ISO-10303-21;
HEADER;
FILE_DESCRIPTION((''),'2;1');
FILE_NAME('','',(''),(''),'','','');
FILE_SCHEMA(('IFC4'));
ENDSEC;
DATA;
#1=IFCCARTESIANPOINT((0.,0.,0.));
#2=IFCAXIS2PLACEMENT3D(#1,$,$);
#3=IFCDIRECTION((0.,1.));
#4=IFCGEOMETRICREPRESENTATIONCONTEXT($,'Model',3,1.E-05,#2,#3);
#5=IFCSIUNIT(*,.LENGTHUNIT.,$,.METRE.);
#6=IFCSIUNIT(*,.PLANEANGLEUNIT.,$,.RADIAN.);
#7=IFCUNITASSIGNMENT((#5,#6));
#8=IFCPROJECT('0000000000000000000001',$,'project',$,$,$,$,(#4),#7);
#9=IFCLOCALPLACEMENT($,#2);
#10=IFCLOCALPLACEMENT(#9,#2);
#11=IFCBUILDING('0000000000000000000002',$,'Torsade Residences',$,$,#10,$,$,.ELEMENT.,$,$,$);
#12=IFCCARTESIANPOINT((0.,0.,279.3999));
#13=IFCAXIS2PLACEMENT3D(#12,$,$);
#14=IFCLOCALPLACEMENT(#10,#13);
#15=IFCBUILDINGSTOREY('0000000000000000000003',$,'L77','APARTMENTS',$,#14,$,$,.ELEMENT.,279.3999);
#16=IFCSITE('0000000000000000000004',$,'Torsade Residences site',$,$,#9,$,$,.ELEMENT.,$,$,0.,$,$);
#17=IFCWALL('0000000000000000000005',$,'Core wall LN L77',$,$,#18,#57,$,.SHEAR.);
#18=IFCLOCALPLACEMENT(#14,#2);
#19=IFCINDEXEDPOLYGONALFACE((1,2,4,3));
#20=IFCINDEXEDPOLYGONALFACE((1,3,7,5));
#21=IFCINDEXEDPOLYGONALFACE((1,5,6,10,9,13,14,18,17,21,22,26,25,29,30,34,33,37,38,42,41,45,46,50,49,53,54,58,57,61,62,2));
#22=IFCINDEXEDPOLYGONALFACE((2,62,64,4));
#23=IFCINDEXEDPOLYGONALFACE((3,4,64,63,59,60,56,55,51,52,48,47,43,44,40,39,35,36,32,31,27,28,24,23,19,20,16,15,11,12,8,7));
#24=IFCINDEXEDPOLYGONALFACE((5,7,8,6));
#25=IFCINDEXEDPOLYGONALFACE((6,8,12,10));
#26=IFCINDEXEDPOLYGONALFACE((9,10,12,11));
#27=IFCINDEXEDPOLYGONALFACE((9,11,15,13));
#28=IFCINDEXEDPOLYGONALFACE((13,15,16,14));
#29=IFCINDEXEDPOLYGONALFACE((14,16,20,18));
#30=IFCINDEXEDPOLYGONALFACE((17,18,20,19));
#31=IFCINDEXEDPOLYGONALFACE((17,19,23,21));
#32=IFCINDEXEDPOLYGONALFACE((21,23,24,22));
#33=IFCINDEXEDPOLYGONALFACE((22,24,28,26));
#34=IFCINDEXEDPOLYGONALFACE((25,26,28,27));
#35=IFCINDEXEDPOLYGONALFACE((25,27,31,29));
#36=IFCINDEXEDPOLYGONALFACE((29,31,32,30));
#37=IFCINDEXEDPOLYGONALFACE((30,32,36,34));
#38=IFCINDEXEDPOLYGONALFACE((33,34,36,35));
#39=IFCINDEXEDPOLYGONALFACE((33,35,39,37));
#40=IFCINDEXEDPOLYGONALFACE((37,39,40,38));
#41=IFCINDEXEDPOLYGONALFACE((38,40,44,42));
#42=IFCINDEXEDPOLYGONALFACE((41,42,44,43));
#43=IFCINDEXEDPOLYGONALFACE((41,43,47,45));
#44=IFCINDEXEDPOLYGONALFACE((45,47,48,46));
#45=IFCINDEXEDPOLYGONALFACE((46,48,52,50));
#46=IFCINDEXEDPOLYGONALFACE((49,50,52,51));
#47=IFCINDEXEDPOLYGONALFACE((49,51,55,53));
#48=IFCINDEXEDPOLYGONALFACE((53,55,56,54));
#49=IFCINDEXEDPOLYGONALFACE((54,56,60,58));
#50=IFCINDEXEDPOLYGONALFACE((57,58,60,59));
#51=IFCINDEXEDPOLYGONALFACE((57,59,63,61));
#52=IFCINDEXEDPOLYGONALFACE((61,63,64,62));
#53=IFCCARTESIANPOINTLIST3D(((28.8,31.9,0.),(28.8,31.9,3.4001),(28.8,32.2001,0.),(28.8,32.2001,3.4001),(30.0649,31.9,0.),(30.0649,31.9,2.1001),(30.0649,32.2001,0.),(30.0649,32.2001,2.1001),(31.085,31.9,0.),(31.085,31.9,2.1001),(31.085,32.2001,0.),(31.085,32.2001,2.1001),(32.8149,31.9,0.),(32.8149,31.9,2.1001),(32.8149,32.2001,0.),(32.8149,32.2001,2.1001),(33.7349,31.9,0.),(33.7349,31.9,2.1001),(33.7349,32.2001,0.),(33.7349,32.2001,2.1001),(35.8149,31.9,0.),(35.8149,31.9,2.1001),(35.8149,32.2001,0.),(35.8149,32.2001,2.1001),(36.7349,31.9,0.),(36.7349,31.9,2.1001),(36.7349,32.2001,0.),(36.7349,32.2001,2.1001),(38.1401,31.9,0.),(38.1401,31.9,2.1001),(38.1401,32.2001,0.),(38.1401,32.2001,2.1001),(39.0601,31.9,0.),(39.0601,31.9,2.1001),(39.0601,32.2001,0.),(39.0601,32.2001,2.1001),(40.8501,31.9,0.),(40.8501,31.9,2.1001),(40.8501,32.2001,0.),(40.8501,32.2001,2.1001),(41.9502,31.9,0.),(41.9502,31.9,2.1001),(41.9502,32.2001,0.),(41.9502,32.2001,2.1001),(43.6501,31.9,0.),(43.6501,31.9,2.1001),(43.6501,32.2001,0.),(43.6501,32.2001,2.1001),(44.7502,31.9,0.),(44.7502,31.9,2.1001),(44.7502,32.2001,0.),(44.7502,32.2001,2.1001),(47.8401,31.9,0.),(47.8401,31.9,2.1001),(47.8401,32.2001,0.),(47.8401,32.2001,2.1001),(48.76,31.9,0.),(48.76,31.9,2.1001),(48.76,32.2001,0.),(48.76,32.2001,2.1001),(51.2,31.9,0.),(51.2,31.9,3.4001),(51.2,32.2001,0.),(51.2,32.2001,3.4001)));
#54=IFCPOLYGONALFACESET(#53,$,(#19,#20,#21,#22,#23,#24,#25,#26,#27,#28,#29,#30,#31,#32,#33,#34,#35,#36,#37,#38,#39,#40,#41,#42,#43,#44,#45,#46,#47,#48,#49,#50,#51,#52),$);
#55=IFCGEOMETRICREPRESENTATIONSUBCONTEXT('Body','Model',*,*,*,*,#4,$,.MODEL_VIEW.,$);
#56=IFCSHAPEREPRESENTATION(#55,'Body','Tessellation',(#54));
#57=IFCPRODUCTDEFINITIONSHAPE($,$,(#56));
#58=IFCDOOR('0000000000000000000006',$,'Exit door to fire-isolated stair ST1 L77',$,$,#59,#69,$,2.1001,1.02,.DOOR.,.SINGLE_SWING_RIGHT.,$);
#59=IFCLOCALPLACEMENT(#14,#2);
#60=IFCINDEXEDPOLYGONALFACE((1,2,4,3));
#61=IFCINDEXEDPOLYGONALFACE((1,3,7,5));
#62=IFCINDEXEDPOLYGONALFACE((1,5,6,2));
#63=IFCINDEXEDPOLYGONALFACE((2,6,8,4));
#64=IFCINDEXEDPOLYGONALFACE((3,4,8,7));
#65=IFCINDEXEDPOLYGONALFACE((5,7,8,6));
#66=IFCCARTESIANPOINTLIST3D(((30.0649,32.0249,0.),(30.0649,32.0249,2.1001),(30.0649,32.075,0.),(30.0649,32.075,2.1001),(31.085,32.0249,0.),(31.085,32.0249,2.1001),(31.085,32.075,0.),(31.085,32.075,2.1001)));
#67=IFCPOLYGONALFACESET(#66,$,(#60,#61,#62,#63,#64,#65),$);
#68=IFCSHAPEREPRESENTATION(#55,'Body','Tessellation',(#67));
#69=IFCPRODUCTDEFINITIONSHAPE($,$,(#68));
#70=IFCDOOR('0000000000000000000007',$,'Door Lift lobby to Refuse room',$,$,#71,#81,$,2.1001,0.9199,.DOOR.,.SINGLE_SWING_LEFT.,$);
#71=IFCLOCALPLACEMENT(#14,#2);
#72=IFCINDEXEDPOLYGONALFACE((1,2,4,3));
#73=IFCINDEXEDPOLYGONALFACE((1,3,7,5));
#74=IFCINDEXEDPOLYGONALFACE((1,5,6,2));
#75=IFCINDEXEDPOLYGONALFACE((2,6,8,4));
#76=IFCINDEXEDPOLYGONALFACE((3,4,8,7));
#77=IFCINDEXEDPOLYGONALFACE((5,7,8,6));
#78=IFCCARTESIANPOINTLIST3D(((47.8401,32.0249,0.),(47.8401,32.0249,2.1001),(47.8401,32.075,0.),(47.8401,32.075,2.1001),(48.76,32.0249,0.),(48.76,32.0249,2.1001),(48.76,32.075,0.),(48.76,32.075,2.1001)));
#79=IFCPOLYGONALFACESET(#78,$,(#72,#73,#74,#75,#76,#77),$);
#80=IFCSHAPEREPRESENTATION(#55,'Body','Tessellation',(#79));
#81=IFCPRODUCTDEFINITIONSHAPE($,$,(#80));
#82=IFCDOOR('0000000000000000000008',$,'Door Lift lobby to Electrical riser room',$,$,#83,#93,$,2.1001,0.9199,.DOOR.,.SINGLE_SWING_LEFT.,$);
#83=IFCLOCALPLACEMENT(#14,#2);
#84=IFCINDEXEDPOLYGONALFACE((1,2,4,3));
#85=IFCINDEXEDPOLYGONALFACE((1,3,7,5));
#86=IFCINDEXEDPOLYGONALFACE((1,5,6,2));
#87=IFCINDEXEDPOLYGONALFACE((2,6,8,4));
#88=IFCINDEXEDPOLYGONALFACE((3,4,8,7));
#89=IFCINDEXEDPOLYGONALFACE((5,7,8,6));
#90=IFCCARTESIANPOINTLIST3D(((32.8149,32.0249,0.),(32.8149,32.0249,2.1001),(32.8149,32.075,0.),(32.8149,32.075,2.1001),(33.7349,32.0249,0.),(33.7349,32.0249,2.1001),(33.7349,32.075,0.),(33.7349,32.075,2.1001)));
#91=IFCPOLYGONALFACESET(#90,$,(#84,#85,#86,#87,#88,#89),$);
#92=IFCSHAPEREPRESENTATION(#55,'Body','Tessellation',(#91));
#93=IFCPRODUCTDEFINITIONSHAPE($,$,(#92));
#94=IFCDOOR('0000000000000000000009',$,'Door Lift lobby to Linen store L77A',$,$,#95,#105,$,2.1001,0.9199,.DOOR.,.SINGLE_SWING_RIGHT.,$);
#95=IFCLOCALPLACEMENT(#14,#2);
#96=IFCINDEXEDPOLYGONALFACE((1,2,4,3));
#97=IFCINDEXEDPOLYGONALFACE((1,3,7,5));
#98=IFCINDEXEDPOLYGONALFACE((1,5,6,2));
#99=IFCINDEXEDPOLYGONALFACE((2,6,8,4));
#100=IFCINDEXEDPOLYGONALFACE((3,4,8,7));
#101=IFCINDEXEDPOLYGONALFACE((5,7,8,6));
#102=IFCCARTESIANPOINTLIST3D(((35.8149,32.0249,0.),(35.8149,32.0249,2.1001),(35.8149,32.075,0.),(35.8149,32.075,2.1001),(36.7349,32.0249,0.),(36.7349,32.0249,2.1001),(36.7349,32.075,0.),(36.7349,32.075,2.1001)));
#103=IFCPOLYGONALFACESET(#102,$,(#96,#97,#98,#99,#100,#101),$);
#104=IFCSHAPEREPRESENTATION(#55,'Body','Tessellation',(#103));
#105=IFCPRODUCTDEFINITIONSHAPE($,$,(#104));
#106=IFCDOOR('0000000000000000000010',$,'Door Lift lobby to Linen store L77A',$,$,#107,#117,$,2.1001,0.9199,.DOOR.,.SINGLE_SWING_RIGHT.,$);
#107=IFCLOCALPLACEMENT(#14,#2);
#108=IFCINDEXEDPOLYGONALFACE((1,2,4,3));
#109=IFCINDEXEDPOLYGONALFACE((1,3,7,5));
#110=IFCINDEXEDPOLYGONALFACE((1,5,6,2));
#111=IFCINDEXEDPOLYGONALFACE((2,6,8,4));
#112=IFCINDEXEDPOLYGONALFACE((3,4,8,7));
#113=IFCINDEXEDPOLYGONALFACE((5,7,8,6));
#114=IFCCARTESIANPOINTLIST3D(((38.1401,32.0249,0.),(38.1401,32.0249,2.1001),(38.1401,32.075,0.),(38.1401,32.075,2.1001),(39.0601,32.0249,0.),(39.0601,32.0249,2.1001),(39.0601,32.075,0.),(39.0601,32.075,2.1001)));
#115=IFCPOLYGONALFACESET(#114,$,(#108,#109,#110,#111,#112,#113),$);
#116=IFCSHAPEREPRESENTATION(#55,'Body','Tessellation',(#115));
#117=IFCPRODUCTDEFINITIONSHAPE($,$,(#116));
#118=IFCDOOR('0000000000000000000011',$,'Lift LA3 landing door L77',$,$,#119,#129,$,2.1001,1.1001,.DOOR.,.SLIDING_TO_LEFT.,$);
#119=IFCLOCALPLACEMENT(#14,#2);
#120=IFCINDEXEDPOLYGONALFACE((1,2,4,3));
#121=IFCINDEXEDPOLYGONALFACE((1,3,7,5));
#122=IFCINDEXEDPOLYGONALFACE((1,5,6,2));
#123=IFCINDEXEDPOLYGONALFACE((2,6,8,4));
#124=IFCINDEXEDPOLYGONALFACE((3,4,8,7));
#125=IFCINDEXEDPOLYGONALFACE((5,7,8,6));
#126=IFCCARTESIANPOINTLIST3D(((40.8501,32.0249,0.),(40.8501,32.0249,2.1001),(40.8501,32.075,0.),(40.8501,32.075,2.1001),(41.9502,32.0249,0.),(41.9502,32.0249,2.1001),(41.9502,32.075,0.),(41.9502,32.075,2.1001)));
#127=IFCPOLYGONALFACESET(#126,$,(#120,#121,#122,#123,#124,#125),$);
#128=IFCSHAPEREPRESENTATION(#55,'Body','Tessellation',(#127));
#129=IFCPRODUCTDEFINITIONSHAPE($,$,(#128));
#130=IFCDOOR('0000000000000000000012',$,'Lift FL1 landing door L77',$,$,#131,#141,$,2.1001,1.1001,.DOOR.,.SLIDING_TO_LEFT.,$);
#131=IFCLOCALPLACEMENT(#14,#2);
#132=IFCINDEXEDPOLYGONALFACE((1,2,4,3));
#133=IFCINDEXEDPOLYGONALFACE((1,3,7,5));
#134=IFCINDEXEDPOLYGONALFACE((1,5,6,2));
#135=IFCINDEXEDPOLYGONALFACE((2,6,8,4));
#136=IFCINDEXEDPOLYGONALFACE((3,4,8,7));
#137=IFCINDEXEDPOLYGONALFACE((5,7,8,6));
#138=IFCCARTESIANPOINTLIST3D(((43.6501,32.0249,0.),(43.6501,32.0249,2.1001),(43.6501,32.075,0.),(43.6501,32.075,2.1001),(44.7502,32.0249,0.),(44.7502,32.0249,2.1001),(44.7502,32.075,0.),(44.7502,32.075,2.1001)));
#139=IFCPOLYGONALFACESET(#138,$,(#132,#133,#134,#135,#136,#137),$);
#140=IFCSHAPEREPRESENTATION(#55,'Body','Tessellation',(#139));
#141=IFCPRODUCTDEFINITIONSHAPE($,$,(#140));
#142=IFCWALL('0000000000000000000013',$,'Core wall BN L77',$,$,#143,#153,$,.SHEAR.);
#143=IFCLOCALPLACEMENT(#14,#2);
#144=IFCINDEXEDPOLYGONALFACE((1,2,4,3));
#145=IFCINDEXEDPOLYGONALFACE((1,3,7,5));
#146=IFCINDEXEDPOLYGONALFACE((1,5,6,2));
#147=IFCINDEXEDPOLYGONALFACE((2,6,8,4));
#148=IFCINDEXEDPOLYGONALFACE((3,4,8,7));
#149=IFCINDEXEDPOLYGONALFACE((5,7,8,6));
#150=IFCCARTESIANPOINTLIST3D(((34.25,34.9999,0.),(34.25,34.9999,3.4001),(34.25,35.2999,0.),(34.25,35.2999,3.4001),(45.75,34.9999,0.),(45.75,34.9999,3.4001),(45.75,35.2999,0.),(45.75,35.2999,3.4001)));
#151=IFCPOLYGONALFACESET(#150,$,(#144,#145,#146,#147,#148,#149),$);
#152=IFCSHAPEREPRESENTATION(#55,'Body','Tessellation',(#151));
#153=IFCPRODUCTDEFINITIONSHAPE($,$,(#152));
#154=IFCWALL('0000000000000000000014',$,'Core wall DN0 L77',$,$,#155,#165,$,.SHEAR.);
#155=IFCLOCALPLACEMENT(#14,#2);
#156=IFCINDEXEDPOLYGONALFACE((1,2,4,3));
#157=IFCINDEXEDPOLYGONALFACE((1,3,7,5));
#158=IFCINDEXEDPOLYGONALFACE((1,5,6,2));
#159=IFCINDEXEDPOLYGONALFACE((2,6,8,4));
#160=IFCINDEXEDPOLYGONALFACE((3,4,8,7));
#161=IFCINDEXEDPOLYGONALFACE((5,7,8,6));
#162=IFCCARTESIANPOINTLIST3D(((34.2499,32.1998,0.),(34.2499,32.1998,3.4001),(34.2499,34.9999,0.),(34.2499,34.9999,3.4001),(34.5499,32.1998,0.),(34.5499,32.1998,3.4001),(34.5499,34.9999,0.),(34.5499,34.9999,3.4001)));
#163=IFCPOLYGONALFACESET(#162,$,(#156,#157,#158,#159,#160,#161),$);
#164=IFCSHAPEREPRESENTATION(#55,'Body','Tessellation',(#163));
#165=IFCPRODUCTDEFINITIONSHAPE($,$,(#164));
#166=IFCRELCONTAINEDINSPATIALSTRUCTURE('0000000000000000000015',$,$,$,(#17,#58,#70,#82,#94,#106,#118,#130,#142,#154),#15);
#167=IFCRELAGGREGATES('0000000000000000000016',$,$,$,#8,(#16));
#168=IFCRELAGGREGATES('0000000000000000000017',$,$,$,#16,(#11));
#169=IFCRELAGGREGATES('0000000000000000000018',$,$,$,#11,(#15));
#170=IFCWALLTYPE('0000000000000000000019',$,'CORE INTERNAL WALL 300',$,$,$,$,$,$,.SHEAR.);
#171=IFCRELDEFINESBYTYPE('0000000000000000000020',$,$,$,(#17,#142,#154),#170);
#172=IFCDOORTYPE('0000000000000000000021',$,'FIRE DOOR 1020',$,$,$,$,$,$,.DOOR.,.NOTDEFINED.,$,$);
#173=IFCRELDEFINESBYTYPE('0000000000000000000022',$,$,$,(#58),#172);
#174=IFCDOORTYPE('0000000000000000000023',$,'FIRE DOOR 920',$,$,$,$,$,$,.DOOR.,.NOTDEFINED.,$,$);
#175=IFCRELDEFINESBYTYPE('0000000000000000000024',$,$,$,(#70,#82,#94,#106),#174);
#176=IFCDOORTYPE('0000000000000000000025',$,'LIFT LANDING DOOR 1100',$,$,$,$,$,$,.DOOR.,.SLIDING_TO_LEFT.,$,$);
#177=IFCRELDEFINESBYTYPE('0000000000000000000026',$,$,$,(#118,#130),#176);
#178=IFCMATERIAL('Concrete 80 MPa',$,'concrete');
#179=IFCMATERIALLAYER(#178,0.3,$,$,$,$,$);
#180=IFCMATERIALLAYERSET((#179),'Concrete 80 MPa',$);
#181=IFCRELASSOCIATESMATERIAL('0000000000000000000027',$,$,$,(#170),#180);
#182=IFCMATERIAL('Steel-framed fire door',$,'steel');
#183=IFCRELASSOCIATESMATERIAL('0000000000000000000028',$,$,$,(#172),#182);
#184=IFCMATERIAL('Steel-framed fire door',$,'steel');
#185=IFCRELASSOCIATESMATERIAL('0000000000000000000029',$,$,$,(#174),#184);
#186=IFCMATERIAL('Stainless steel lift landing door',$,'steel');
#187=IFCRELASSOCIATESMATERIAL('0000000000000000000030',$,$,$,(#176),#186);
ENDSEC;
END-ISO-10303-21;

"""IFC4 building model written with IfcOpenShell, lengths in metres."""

from ifc_helpers import new_model, si_unit, direction, frame, frame_2d, origin, place, context, subcontext, project, spatial, rectangle, extrude, material, layer, layer_set, type_object, element, fill, save


model = new_model("IFC4")

# Units and contexts
model_context = context("Model", 3, precision=1e-05, world=origin(), true_north=direction((0.0, 1.0)))
body_context = subcontext(model_context, "Body", "Model", "MODEL_VIEW")
ifc_project = project(units=[si_unit("LENGTHUNIT", "METRE"), si_unit("PLANEANGLEUNIT", "RADIAN")], contexts=[model_context])

# Site, building, storey
site_placement = place(None, origin())
site = spatial("IfcSite", under=ifc_project, at=site_placement, Name="Torsade Residences site", CompositionType="ELEMENT", RefElevation=0.0)
building_placement = place(site_placement, origin())
building = spatial("IfcBuilding", under=site, at=building_placement, Name="Torsade Residences", CompositionType="ELEMENT")
storey_placement = place(building_placement, frame((0.0, 0.0, 279.3999)))
storey = spatial("IfcBuildingStorey", under=building, at=storey_placement, Name="L77", Description="APARTMENTS", CompositionType="ELEMENT", Elevation=279.3999)

# Wall, openings, doors
ifc_material_1 = material(Name="Concrete 80 MPa", Category="concrete")
ifc_layer_1 = layer(ifc_material_1, 0.3)
ifc_layer_set_1 = layer_set([ifc_layer_1], Name="Concrete 80 MPa")
wall_type_1 = type_object("IfcWallType", Name="CORE INTERNAL WALL 300", PredefinedType="SHEAR", material=ifc_layer_set_1)
wall_1_placement = place(storey_placement, frame((28.8, 32.05, 0.0), z_axis=(0.0, 0.0, 1.0), x_axis=(1.0, 0.0, 0.0)))
wall_1 = element("IfcWall", 1, at=wall_1_placement, inside=storey, type_object=wall_type_1, Name="Core wall LN L77", PredefinedType="SHEAR", context=body_context, shape_type="SweptSolid", body=[
    extrude(rectangle(XDim=22.3999, YDim=0.3, at=frame_2d((11.2, 0.0))), origin(), (0.0, 0.0, 1.0), 3.4001),
])
opening_1_placement = place(wall_1_placement, frame((19.04, 0.0, 0.0)))
opening_1 = element("IfcOpeningElement", 2, at=opening_1_placement, cuts=wall_1, PredefinedType="OPENING", context=body_context, shape_type="SweptSolid", body=[
    extrude(rectangle(XDim=0.9199, YDim=2.1001, at=frame_2d((0.46, 1.05))), frame((0.0, 0.1599, 0.0), z_axis=(0.0, -1.0, 0.0), x_axis=(1.0, 0.0, 0.0)), (0.0, 0.0, 1.0), 0.3201),
])
opening_2_placement = place(wall_1_placement, frame((1.2649, 0.0, 0.0)))
opening_2 = element("IfcOpeningElement", 3, at=opening_2_placement, cuts=wall_1, PredefinedType="OPENING", context=body_context, shape_type="SweptSolid", body=[
    extrude(rectangle(XDim=1.02, YDim=2.1001, at=frame_2d((0.51, 1.05))), frame((0.0, 0.1599, 0.0), z_axis=(0.0, -1.0, 0.0), x_axis=(1.0, 0.0, 0.0)), (0.0, 0.0, 1.0), 0.3201),
])
opening_3_placement = place(wall_1_placement, frame((4.0149, 0.0, 0.0)))
opening_3 = element("IfcOpeningElement", 4, at=opening_3_placement, cuts=wall_1, PredefinedType="OPENING", context=body_context, shape_type="SweptSolid", body=[
    extrude(rectangle(XDim=0.9199, YDim=2.1001, at=frame_2d((0.46, 1.05))), frame((0.0, 0.1599, 0.0), z_axis=(0.0, -1.0, 0.0), x_axis=(1.0, 0.0, 0.0)), (0.0, 0.0, 1.0), 0.3201),
])
opening_4_placement = place(wall_1_placement, frame((7.0149, 0.0, 0.0)))
opening_4 = element("IfcOpeningElement", 5, at=opening_4_placement, cuts=wall_1, PredefinedType="OPENING", context=body_context, shape_type="SweptSolid", body=[
    extrude(rectangle(XDim=0.9199, YDim=2.1001, at=frame_2d((0.46, 1.05))), frame((0.0, 0.1599, 0.0), z_axis=(0.0, -1.0, 0.0), x_axis=(1.0, 0.0, 0.0)), (0.0, 0.0, 1.0), 0.3201),
])
opening_5_placement = place(wall_1_placement, frame((9.3401, 0.0, 0.0)))
opening_5 = element("IfcOpeningElement", 6, at=opening_5_placement, cuts=wall_1, PredefinedType="OPENING", context=body_context, shape_type="SweptSolid", body=[
    extrude(rectangle(XDim=0.9199, YDim=2.1001, at=frame_2d((0.46, 1.05))), frame((0.0, 0.1599, 0.0), z_axis=(0.0, -1.0, 0.0), x_axis=(1.0, 0.0, 0.0)), (0.0, 0.0, 1.0), 0.3201),
])
opening_6_placement = place(wall_1_placement, frame((12.05, 0.0, 0.0)))
opening_6 = element("IfcOpeningElement", 7, at=opening_6_placement, cuts=wall_1, PredefinedType="OPENING", context=body_context, shape_type="SweptSolid", body=[
    extrude(rectangle(XDim=1.1001, YDim=2.1001, at=frame_2d((0.55, 1.05))), frame((0.0, 0.1599, 0.0), z_axis=(0.0, -1.0, 0.0), x_axis=(1.0, 0.0, 0.0)), (0.0, 0.0, 1.0), 0.3201),
])
opening_7_placement = place(wall_1_placement, frame((14.8501, 0.0, 0.0)))
opening_7 = element("IfcOpeningElement", 8, at=opening_7_placement, cuts=wall_1, PredefinedType="OPENING", context=body_context, shape_type="SweptSolid", body=[
    extrude(rectangle(XDim=1.1001, YDim=2.1001, at=frame_2d((0.55, 1.05))), frame((0.0, 0.1599, 0.0), z_axis=(0.0, -1.0, 0.0), x_axis=(1.0, 0.0, 0.0)), (0.0, 0.0, 1.0), 0.3201),
])
ifc_material_2 = material(Name="Steel-framed fire door", Category="steel")
door_type_1 = type_object("IfcDoorType", Name="FIRE DOOR 1020", OperationType="NOTDEFINED", PredefinedType="DOOR", material=ifc_material_2)
door_1_placement = place(opening_2_placement, origin())
door_1 = element("IfcDoor", 9, at=door_1_placement, inside=storey, type_object=door_type_1, Name="Exit door to fire-isolated stair ST1 L77", OperationType="SINGLE_SWING_RIGHT", OverallHeight=2.1001, OverallWidth=1.02, PredefinedType="DOOR", context=body_context, shape_type="SweptSolid", body=[
    extrude(rectangle(XDim=1.02, YDim=2.1001, at=frame_2d((0.51, 1.05))), frame((0.0, 0.0249, 0.0), z_axis=(0.0, -1.0, 0.0), x_axis=(1.0, 0.0, 0.0)), (0.0, 0.0, 1.0), 0.05),
])
fill(opening_2, door_1)
ifc_material_3 = material(Name="Steel-framed fire door", Category="steel")
door_type_2 = type_object("IfcDoorType", Name="FIRE DOOR 920", OperationType="NOTDEFINED", PredefinedType="DOOR", material=ifc_material_3)
door_2_placement = place(opening_1_placement, origin())
door_2 = element("IfcDoor", 10, at=door_2_placement, inside=storey, type_object=door_type_2, Name="Door Lift lobby to Refuse room", OperationType="SINGLE_SWING_LEFT", OverallHeight=2.1001, OverallWidth=0.9199, PredefinedType="DOOR", context=body_context, shape_type="SweptSolid", body=[
    extrude(rectangle(XDim=0.9199, YDim=2.1001, at=frame_2d((0.46, 1.05))), frame((0.0, 0.0249, 0.0), z_axis=(0.0, -1.0, 0.0), x_axis=(1.0, 0.0, 0.0)), (0.0, 0.0, 1.0), 0.05),
])
fill(opening_1, door_2)
door_3_placement = place(opening_3_placement, origin())
door_3 = element("IfcDoor", 11, at=door_3_placement, inside=storey, type_object=door_type_2, Name="Door Lift lobby to Electrical riser room", OperationType="SINGLE_SWING_LEFT", OverallHeight=2.1001, OverallWidth=0.9199, PredefinedType="DOOR", context=body_context, shape_type="SweptSolid", body=[
    extrude(rectangle(XDim=0.9199, YDim=2.1001, at=frame_2d((0.46, 1.05))), frame((0.0, 0.0249, 0.0), z_axis=(0.0, -1.0, 0.0), x_axis=(1.0, 0.0, 0.0)), (0.0, 0.0, 1.0), 0.05),
])
fill(opening_3, door_3)
door_4_placement = place(opening_4_placement, origin())
door_4 = element("IfcDoor", 12, at=door_4_placement, inside=storey, type_object=door_type_2, Name="Door Lift lobby to Linen store L77A", OperationType="SINGLE_SWING_RIGHT", OverallHeight=2.1001, OverallWidth=0.9199, PredefinedType="DOOR", context=body_context, shape_type="SweptSolid", body=[
    extrude(rectangle(XDim=0.9199, YDim=2.1001, at=frame_2d((0.46, 1.05))), frame((0.0, 0.0249, 0.0), z_axis=(0.0, -1.0, 0.0), x_axis=(1.0, 0.0, 0.0)), (0.0, 0.0, 1.0), 0.05),
])
fill(opening_4, door_4)
door_5_placement = place(opening_5_placement, origin())
door_5 = element("IfcDoor", 13, at=door_5_placement, inside=storey, type_object=door_type_2, Name="Door Lift lobby to Linen store L77A", OperationType="SINGLE_SWING_RIGHT", OverallHeight=2.1001, OverallWidth=0.9199, PredefinedType="DOOR", context=body_context, shape_type="SweptSolid", body=[
    extrude(rectangle(XDim=0.9199, YDim=2.1001, at=frame_2d((0.46, 1.05))), frame((0.0, 0.0249, 0.0), z_axis=(0.0, -1.0, 0.0), x_axis=(1.0, 0.0, 0.0)), (0.0, 0.0, 1.0), 0.05),
])
fill(opening_5, door_5)
ifc_material_4 = material(Name="Stainless steel lift landing door", Category="steel")
door_type_3 = type_object("IfcDoorType", Name="LIFT LANDING DOOR 1100", OperationType="SLIDING_TO_LEFT", PredefinedType="DOOR", material=ifc_material_4)
door_6_placement = place(opening_6_placement, origin())
door_6 = element("IfcDoor", 14, at=door_6_placement, inside=storey, type_object=door_type_3, Name="Lift LA3 landing door L77", OperationType="SLIDING_TO_LEFT", OverallHeight=2.1001, OverallWidth=1.1001, PredefinedType="DOOR", context=body_context, shape_type="SweptSolid", body=[
    extrude(rectangle(XDim=1.1001, YDim=2.1001, at=frame_2d((0.55, 1.05))), frame((0.0, 0.0249, 0.0), z_axis=(0.0, -1.0, 0.0), x_axis=(1.0, 0.0, 0.0)), (0.0, 0.0, 1.0), 0.05),
])
fill(opening_6, door_6)
door_7_placement = place(opening_7_placement, origin())
door_7 = element("IfcDoor", 15, at=door_7_placement, inside=storey, type_object=door_type_3, Name="Lift FL1 landing door L77", OperationType="SLIDING_TO_LEFT", OverallHeight=2.1001, OverallWidth=1.1001, PredefinedType="DOOR", context=body_context, shape_type="SweptSolid", body=[
    extrude(rectangle(XDim=1.1001, YDim=2.1001, at=frame_2d((0.55, 1.05))), frame((0.0, 0.0249, 0.0), z_axis=(0.0, -1.0, 0.0), x_axis=(1.0, 0.0, 0.0)), (0.0, 0.0, 1.0), 0.05),
])
fill(opening_7, door_7)

# Walls
wall_2_placement = place(storey_placement, frame((34.25, 35.1499, 0.0), z_axis=(0.0, 0.0, 1.0), x_axis=(1.0, 0.0, 0.0)))
element("IfcWall", 16, at=wall_2_placement, inside=storey, type_object=wall_type_1, Name="Core wall BN L77", PredefinedType="SHEAR", context=body_context, shape_type="SweptSolid", body=[
    extrude(rectangle(XDim=11.5, YDim=0.3, at=frame_2d((5.75, 0.0))), origin(), (0.0, 0.0, 1.0), 3.4001),
])
wall_3_placement = place(storey_placement, frame((34.3999, 32.2, 0.0), z_axis=(0.0, 0.0, 1.0), x_axis=(0.0, 1.0, 0.0)))
element("IfcWall", 17, at=wall_3_placement, inside=storey, type_object=wall_type_1, Name="Core wall DN0 L77", PredefinedType="SHEAR", context=body_context, shape_type="SweptSolid", body=[
    extrude(rectangle(XDim=2.8, YDim=0.3, at=frame_2d((1.3999, 0.0))), origin(), (0.0, 0.0, 1.0), 3.4001),
])

save(model, "model.ifc")
